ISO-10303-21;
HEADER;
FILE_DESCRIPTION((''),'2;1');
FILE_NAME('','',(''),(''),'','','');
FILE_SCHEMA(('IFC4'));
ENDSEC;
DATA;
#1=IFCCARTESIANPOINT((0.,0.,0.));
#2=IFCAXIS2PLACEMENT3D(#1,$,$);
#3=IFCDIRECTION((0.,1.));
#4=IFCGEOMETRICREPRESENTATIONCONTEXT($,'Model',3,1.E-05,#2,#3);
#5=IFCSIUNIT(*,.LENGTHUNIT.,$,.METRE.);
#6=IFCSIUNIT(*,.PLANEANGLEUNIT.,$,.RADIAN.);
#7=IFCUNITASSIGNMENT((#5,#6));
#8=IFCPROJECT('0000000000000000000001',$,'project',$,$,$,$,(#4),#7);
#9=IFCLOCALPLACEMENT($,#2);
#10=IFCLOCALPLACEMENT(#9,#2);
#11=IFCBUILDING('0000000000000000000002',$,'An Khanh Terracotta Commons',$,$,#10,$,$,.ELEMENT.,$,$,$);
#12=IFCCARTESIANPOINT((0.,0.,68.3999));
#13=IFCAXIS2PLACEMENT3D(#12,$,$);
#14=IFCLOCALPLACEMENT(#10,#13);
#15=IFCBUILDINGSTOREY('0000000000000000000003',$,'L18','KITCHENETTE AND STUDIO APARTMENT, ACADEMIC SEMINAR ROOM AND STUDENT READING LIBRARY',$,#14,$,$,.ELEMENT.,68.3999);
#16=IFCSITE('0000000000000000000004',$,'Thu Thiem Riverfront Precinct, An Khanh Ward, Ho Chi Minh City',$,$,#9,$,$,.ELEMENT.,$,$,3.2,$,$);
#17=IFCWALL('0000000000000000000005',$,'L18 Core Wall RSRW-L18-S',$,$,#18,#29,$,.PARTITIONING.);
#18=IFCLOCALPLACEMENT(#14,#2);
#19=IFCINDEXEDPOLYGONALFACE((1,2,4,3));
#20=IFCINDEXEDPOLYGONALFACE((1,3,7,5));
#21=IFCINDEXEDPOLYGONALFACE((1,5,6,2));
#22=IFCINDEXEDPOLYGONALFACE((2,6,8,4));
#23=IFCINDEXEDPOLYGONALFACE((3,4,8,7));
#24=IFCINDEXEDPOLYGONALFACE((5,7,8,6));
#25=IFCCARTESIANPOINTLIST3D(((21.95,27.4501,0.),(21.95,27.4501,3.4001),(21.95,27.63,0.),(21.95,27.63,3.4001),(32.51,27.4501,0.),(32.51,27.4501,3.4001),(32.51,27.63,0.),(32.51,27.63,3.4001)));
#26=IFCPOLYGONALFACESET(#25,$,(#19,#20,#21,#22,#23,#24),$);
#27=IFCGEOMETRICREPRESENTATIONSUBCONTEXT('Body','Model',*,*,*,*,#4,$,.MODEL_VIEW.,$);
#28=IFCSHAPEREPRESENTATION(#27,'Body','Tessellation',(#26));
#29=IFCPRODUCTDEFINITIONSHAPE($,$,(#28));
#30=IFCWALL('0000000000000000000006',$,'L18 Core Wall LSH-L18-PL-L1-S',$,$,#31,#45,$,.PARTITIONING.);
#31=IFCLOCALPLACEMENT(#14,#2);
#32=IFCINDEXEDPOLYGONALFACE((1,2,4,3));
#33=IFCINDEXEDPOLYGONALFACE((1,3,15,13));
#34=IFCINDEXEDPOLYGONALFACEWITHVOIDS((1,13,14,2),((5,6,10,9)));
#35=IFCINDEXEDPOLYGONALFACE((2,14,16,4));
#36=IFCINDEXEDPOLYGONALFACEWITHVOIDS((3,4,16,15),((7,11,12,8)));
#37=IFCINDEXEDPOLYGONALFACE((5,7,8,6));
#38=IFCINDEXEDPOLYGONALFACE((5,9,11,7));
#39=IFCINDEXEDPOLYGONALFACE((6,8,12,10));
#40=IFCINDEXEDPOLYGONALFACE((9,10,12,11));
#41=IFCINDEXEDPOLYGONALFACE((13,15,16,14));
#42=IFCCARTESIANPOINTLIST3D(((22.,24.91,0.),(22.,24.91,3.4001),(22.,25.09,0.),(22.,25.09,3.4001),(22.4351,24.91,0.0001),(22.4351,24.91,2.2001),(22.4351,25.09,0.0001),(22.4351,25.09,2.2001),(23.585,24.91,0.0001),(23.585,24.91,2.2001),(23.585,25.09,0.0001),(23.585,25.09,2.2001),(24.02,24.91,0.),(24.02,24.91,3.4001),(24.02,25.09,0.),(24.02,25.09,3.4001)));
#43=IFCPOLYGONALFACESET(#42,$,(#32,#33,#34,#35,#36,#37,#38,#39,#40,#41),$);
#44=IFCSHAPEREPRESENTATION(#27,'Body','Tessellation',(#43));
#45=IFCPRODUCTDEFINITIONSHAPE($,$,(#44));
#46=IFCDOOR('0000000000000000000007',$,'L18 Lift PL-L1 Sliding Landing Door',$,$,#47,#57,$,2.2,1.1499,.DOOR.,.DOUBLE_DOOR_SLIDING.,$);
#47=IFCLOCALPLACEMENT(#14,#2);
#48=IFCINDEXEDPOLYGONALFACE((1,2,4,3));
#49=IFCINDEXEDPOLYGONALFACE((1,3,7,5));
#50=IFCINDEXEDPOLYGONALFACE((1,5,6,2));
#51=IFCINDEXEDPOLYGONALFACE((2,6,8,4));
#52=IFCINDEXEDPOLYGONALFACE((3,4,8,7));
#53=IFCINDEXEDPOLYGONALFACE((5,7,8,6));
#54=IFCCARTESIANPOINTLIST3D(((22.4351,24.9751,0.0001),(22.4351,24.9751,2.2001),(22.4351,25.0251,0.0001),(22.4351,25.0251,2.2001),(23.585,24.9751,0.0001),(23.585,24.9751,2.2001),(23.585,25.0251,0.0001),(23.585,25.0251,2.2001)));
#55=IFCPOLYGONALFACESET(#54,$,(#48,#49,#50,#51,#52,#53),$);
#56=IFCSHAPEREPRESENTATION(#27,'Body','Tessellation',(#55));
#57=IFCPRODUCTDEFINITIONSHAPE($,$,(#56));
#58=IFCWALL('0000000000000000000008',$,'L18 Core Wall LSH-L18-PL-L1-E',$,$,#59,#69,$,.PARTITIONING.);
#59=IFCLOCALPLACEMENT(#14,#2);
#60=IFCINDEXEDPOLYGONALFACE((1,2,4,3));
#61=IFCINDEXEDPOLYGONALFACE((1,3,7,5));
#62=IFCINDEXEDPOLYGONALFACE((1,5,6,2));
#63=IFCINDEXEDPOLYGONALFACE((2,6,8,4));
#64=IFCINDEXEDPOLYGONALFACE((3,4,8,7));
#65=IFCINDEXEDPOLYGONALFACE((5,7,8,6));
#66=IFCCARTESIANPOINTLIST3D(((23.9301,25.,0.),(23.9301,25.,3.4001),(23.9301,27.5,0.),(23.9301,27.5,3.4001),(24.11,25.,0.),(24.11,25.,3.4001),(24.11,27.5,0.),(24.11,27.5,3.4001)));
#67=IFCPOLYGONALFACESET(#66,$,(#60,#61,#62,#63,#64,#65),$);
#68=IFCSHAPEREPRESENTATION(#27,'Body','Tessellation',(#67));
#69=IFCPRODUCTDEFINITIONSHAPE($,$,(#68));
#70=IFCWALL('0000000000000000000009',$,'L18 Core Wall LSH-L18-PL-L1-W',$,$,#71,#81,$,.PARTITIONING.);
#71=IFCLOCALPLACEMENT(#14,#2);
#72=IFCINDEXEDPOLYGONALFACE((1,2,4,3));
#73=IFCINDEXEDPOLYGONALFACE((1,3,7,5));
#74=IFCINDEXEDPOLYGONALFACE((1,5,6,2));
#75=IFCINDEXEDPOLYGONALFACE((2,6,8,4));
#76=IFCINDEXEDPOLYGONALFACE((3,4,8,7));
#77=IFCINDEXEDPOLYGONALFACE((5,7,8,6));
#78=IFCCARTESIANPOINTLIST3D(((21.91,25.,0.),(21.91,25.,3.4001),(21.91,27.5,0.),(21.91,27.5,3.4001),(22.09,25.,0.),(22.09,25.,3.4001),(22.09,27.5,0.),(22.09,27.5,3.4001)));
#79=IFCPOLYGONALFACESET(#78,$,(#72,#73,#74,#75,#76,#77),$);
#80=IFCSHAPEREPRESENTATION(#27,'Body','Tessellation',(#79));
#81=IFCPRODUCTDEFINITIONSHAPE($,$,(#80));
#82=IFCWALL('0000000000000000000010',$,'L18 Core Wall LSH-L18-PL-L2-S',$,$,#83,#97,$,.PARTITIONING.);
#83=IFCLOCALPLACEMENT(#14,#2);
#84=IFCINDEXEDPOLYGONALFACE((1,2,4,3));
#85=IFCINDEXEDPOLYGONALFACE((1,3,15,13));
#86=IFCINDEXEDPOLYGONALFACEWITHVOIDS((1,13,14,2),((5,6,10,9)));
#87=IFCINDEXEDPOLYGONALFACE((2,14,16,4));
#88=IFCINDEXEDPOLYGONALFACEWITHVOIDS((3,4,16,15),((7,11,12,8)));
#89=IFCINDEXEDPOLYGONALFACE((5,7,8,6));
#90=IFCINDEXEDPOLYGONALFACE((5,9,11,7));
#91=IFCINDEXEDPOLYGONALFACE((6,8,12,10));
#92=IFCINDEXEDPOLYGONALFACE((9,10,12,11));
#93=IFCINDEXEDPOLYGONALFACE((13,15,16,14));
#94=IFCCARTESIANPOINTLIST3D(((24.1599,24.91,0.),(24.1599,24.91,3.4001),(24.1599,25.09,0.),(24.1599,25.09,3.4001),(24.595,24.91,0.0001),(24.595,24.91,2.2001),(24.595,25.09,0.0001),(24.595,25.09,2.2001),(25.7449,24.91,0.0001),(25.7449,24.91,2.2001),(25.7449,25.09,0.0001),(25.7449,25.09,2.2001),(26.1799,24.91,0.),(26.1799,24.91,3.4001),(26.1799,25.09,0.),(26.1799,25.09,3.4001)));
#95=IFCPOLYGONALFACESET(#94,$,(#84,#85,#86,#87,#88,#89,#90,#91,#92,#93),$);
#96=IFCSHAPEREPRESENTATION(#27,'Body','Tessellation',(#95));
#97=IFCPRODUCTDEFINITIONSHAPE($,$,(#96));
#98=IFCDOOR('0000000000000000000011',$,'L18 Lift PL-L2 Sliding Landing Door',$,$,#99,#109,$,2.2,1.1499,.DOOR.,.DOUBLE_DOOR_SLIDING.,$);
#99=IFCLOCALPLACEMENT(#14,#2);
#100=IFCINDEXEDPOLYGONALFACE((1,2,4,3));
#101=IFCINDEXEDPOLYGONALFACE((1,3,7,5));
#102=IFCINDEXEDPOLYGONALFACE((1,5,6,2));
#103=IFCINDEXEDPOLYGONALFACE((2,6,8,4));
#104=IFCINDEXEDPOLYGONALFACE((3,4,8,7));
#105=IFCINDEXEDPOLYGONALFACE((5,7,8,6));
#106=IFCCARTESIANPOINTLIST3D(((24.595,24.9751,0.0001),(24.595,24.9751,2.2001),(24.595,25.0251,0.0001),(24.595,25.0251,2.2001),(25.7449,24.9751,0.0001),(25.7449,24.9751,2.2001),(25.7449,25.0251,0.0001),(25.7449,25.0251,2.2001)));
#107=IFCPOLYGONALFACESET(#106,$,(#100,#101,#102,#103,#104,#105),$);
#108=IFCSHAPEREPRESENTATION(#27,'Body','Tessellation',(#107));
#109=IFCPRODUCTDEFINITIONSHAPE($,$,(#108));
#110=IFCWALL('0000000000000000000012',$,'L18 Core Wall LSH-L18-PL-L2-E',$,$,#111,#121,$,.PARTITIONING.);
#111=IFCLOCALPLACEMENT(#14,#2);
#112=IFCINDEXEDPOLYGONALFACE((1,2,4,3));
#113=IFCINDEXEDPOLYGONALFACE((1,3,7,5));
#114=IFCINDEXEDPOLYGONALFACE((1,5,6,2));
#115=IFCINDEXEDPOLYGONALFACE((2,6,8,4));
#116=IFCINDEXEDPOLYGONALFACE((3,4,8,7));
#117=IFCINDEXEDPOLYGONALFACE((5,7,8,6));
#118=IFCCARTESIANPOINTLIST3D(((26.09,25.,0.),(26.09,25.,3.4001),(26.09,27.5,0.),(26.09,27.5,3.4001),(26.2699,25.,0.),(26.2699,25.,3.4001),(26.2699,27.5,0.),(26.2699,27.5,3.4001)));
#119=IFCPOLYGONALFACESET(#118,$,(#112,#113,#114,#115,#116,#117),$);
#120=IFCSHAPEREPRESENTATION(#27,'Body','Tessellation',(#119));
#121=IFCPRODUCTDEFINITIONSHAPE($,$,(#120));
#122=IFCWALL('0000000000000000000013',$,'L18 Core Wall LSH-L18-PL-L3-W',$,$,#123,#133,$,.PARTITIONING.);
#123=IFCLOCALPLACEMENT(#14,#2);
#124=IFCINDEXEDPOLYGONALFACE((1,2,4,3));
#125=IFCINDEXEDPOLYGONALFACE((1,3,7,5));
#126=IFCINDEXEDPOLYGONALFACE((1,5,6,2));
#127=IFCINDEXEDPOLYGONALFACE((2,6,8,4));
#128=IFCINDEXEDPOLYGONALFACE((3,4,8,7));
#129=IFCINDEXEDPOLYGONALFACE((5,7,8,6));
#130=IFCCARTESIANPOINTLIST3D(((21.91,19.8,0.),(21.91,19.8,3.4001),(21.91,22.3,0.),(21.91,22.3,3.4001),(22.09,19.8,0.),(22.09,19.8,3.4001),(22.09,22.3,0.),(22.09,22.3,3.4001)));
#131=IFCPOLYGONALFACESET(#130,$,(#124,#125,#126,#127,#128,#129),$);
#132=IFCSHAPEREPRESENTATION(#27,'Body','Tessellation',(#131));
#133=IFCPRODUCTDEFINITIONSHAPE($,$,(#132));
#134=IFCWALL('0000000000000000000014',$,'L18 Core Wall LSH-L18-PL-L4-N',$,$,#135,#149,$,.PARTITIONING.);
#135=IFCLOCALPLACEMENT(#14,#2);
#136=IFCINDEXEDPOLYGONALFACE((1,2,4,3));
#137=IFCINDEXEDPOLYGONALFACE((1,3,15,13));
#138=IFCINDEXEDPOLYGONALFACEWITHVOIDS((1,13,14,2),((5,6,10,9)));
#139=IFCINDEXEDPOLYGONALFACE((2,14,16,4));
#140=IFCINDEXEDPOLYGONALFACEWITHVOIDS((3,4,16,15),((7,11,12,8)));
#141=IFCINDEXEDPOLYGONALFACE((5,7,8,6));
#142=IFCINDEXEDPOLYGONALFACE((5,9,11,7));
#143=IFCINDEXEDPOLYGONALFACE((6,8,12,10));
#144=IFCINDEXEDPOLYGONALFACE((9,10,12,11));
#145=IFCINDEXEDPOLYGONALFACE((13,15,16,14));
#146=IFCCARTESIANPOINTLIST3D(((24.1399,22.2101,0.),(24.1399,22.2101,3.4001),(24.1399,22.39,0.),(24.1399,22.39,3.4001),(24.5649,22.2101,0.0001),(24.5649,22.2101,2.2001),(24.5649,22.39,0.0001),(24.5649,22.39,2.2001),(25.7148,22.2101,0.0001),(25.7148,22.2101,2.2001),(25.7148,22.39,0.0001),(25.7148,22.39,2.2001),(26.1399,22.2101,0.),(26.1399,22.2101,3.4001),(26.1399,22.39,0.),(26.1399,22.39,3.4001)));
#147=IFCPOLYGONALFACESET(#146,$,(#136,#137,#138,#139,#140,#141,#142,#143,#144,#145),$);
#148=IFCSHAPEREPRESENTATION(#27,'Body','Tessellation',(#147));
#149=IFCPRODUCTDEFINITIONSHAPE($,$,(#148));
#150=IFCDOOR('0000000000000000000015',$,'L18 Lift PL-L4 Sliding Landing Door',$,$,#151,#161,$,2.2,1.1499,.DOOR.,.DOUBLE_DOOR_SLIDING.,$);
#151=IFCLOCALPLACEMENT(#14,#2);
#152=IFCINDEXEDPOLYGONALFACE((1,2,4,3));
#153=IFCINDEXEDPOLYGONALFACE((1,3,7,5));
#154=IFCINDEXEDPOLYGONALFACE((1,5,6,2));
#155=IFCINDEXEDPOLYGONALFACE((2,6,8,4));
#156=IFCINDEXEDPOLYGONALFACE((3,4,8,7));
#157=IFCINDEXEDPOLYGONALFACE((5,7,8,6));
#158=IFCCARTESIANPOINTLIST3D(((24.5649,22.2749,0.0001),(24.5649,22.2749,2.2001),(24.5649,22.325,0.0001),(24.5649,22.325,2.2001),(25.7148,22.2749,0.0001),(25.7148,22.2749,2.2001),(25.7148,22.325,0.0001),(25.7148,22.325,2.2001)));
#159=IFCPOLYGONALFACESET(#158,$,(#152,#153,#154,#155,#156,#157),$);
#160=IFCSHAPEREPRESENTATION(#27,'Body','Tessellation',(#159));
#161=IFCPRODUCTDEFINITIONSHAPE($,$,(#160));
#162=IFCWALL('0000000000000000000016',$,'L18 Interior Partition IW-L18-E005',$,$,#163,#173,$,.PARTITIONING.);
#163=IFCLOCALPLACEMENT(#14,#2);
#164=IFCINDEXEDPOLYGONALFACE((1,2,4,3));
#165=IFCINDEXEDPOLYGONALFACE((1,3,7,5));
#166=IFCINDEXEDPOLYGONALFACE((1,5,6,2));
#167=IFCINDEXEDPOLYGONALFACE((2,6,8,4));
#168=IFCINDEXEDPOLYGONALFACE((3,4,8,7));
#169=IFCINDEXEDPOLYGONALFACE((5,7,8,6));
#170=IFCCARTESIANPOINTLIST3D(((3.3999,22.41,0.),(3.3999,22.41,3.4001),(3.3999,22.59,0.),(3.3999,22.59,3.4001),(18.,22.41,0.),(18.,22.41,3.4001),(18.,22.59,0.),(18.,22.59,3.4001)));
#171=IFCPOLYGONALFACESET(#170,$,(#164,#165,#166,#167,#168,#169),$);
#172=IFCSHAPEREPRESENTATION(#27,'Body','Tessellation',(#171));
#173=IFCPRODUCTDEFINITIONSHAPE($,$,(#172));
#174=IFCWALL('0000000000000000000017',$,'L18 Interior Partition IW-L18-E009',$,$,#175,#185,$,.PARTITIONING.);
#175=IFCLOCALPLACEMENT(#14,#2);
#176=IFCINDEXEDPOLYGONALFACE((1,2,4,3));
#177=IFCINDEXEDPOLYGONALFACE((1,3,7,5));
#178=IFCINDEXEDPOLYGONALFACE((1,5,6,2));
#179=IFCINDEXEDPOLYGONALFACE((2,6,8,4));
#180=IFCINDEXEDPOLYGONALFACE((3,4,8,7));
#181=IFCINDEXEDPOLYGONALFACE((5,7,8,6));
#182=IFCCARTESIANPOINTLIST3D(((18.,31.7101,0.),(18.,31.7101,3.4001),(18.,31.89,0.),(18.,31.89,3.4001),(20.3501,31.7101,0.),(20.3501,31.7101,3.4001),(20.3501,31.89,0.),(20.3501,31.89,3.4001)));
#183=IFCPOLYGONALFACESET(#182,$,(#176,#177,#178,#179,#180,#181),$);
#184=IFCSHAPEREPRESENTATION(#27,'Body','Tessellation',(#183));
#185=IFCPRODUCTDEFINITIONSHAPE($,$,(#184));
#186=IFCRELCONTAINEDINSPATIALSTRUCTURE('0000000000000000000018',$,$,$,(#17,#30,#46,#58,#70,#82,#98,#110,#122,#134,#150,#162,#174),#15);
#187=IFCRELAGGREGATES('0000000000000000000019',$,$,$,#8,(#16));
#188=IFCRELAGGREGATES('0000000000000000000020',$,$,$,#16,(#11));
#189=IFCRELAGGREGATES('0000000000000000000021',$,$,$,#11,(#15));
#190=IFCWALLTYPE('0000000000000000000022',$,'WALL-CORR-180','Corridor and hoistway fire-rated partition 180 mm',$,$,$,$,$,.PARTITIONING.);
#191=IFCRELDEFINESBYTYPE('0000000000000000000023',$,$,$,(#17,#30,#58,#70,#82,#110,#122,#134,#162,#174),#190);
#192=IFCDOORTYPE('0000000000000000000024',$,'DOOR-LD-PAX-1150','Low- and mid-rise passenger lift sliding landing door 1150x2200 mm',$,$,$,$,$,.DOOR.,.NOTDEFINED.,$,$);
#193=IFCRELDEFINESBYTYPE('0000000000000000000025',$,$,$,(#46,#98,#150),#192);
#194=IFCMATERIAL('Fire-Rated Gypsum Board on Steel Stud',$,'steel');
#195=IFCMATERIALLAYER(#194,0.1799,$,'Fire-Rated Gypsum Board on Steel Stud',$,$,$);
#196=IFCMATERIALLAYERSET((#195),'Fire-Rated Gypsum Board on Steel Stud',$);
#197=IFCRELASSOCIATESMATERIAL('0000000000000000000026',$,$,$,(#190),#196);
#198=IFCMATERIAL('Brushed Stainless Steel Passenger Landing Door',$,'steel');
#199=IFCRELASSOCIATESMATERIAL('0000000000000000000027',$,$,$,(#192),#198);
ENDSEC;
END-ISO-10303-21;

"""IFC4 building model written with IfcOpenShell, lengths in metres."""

from ifc_helpers import new_model, si_unit, direction, frame, frame_2d, origin, place, context, subcontext, project, spatial, rectangle, extrude, material, layer, layer_set, type_object, element, fill, save


model = new_model("IFC4")

# Units and contexts
model_context = context("Model", 3, precision=1e-05, world=origin(), true_north=direction((0.0, 1.0)))
body_context = subcontext(model_context, "Body", "Model", "MODEL_VIEW")
ifc_project = project(units=[si_unit("LENGTHUNIT", "METRE"), si_unit("PLANEANGLEUNIT", "RADIAN")], contexts=[model_context])

# Site, building, storey
site_placement = place(None, origin())
site = spatial("IfcSite", under=ifc_project, at=site_placement, Name="Thu Thiem Riverfront Precinct, An Khanh Ward, Ho Chi Minh City", CompositionType="ELEMENT", RefElevation=3.2)
building_placement = place(site_placement, origin())
building = spatial("IfcBuilding", under=site, at=building_placement, Name="An Khanh Terracotta Commons", CompositionType="ELEMENT")
storey_placement = place(building_placement, frame((0.0, 0.0, 68.3999)))
storey = spatial("IfcBuildingStorey", under=building, at=storey_placement, Name="L18", Description="KITCHENETTE AND STUDIO APARTMENT, ACADEMIC SEMINAR ROOM AND STUDENT READING LIBRARY", CompositionType="ELEMENT", Elevation=68.3999)

# Wall
ifc_material_1 = material(Name="Fire-Rated Gypsum Board on Steel Stud", Category="steel")
ifc_layer_1 = layer(ifc_material_1, 0.1799, Name="Fire-Rated Gypsum Board on Steel Stud")
ifc_layer_set_1 = layer_set([ifc_layer_1], Name="Fire-Rated Gypsum Board on Steel Stud")
wall_type_1 = type_object("IfcWallType", Name="WALL-CORR-180", Description="Corridor and hoistway fire-rated partition 180 mm", PredefinedType="PARTITIONING", material=ifc_layer_set_1)
wall_1_placement = place(storey_placement, frame((21.95, 27.54, 0.0), z_axis=(0.0, 0.0, 1.0), x_axis=(1.0, 0.0, 0.0)))
element("IfcWall", 1, at=wall_1_placement, inside=storey, type_object=wall_type_1, Name="L18 Core Wall RSRW-L18-S", PredefinedType="PARTITIONING", context=body_context, shape_type="SweptSolid", body=[
    extrude(rectangle(XDim=10.5601, YDim=0.1799, at=frame_2d((5.28, 0.0))), origin(), (0.0, 0.0, 1.0), 3.4001),
])

# Wall, opening, door
wall_2_placement = place(storey_placement, frame((24.02, 25.0, 0.0), z_axis=(0.0, 0.0, 1.0), x_axis=(-1.0, 0.0, 0.0)))
wall_2 = element("IfcWall", 2, at=wall_2_placement, inside=storey, type_object=wall_type_1, Name="L18 Core Wall LSH-L18-PL-L1-S", PredefinedType="PARTITIONING", context=body_context, shape_type="SweptSolid", body=[
    extrude(rectangle(XDim=2.02, YDim=0.1799, at=frame_2d((1.01, 0.0))), origin(), (0.0, 0.0, 1.0), 3.4001),
])
opening_1_placement = place(wall_2_placement, frame((0.4351, 0.0, 0.0)))
opening_1 = element("IfcOpeningElement", 3, at=opening_1_placement, cuts=wall_2, PredefinedType="OPENING", context=body_context, shape_type="SweptSolid", body=[
    extrude(rectangle(XDim=1.1499, YDim=2.2, at=frame_2d((0.575, 1.1001))), frame((0.0, 0.0999, 0.0), z_axis=(0.0, -1.0, 0.0), x_axis=(1.0, 0.0, 0.0)), (0.0, 0.0, 1.0), 0.2),
])
ifc_material_2 = material(Name="Brushed Stainless Steel Passenger Landing Door", Category="steel")
door_type_1 = type_object("IfcDoorType", Name="DOOR-LD-PAX-1150", Description="Low- and mid-rise passenger lift sliding landing door 1150x2200 mm", OperationType="NOTDEFINED", PredefinedType="DOOR", material=ifc_material_2)
door_1_placement = place(opening_1_placement, origin())
door_1 = element("IfcDoor", 4, at=door_1_placement, inside=storey, type_object=door_type_1, Name="L18 Lift PL-L1 Sliding Landing Door", OperationType="DOUBLE_DOOR_SLIDING", OverallHeight=2.2, OverallWidth=1.1499, PredefinedType="DOOR", context=body_context, shape_type="SweptSolid", body=[
    extrude(rectangle(XDim=1.1499, YDim=2.2, at=frame_2d((0.575, 1.1001))), frame((0.0, 0.0249, 0.0), z_axis=(0.0, -1.0, 0.0), x_axis=(1.0, 0.0, 0.0)), (0.0, 0.0, 1.0), 0.05),
])
fill(opening_1, door_1)

# Walls
for number, where, z_axis, x_axis, name in (
    (5, (24.02, 25.0, 0.0), (0.0, 0.0, 1.0), (0.0, 1.0, 0.0), "L18 Core Wall LSH-L18-PL-L1-E"),
    (6, (22.0, 27.5, 0.0), (0.0, 0.0, 1.0), (0.0, -1.0, 0.0), "L18 Core Wall LSH-L18-PL-L1-W"),
):
    element("IfcWall", number, at=place(storey_placement, frame(where, z_axis=z_axis, x_axis=x_axis)), inside=storey, type_object=wall_type_1, Name=name, PredefinedType="PARTITIONING", context=body_context, shape_type="SweptSolid", body=[
        extrude(rectangle(XDim=2.5, YDim=0.1799, at=frame_2d((1.25, 0.0))), origin(), (0.0, 0.0, 1.0), 3.4001),
    ])

# Wall, opening, door
wall_3_placement = place(storey_placement, frame((26.1799, 25.0, 0.0), z_axis=(0.0, 0.0, 1.0), x_axis=(-1.0, 0.0, 0.0)))
wall_3 = element("IfcWall", 7, at=wall_3_placement, inside=storey, type_object=wall_type_1, Name="L18 Core Wall LSH-L18-PL-L2-S", PredefinedType="PARTITIONING", context=body_context, shape_type="SweptSolid", body=[
    extrude(rectangle(XDim=2.02, YDim=0.1799, at=frame_2d((1.01, 0.0))), origin(), (0.0, 0.0, 1.0), 3.4001),
])
opening_2_placement = place(wall_3_placement, frame((0.4351, 0.0, 0.0)))
opening_2 = element("IfcOpeningElement", 8, at=opening_2_placement, cuts=wall_3, PredefinedType="OPENING", context=body_context, shape_type="SweptSolid", body=[
    extrude(rectangle(XDim=1.1499, YDim=2.2, at=frame_2d((0.575, 1.1001))), frame((0.0, 0.0999, 0.0), z_axis=(0.0, -1.0, 0.0), x_axis=(1.0, 0.0, 0.0)), (0.0, 0.0, 1.0), 0.2),
])
door_2_placement = place(opening_2_placement, origin())
door_2 = element("IfcDoor", 9, at=door_2_placement, inside=storey, type_object=door_type_1, Name="L18 Lift PL-L2 Sliding Landing Door", OperationType="DOUBLE_DOOR_SLIDING", OverallHeight=2.2, OverallWidth=1.1499, PredefinedType="DOOR", context=body_context, shape_type="SweptSolid", body=[
    extrude(rectangle(XDim=1.1499, YDim=2.2, at=frame_2d((0.575, 1.1001))), frame((0.0, 0.0249, 0.0), z_axis=(0.0, -1.0, 0.0), x_axis=(1.0, 0.0, 0.0)), (0.0, 0.0, 1.0), 0.05),
])
fill(opening_2, door_2)

# Walls
for number, where, z_axis, x_axis, name in (
    (10, (26.1799, 25.0, 0.0), (0.0, 0.0, 1.0), (0.0, 1.0, 0.0), "L18 Core Wall LSH-L18-PL-L2-E"),
    (11, (22.0, 22.3, 0.0), (0.0, 0.0, 1.0), (0.0, -1.0, 0.0), "L18 Core Wall LSH-L18-PL-L3-W"),
):
    element("IfcWall", number, at=place(storey_placement, frame(where, z_axis=z_axis, x_axis=x_axis)), inside=storey, type_object=wall_type_1, Name=name, PredefinedType="PARTITIONING", context=body_context, shape_type="SweptSolid", body=[
        extrude(rectangle(XDim=2.5, YDim=0.1799, at=frame_2d((1.25, 0.0))), origin(), (0.0, 0.0, 1.0), 3.4001),
    ])

# Wall, opening, door
wall_4_placement = place(storey_placement, frame((24.1399, 22.3, 0.0), z_axis=(0.0, 0.0, 1.0), x_axis=(1.0, 0.0, 0.0)))
wall_4 = element("IfcWall", 12, at=wall_4_placement, inside=storey, type_object=wall_type_1, Name="L18 Core Wall LSH-L18-PL-L4-N", PredefinedType="PARTITIONING", context=body_context, shape_type="SweptSolid", body=[
    extrude(rectangle(XDim=2.0, YDim=0.1799, at=frame_2d((1.0, 0.0))), origin(), (0.0, 0.0, 1.0), 3.4001),
])
opening_3_placement = place(wall_4_placement, frame((0.425, 0.0, 0.0)))
opening_3 = element("IfcOpeningElement", 13, at=opening_3_placement, cuts=wall_4, PredefinedType="OPENING", context=body_context, shape_type="SweptSolid", body=[
    extrude(rectangle(XDim=1.1499, YDim=2.2, at=frame_2d((0.575, 1.1001))), frame((0.0, 0.0999, 0.0), z_axis=(0.0, -1.0, 0.0), x_axis=(1.0, 0.0, 0.0)), (0.0, 0.0, 1.0), 0.2),
])
door_3_placement = place(opening_3_placement, origin())
door_3 = element("IfcDoor", 14, at=door_3_placement, inside=storey, type_object=door_type_1, Name="L18 Lift PL-L4 Sliding Landing Door", OperationType="DOUBLE_DOOR_SLIDING", OverallHeight=2.2, OverallWidth=1.1499, PredefinedType="DOOR", context=body_context, shape_type="SweptSolid", body=[
    extrude(rectangle(XDim=1.1499, YDim=2.2, at=frame_2d((0.575, 1.1001))), frame((0.0, 0.0249, 0.0), z_axis=(0.0, -1.0, 0.0), x_axis=(1.0, 0.0, 0.0)), (0.0, 0.0, 1.0), 0.05),
])
fill(opening_3, door_3)

# Walls
wall_5_placement = place(storey_placement, frame((3.3999, 22.5, 0.0), z_axis=(0.0, 0.0, 1.0), x_axis=(1.0, 0.0, 0.0)))
element("IfcWall", 15, at=wall_5_placement, inside=storey, type_object=wall_type_1, Name="L18 Interior Partition IW-L18-E005", PredefinedType="PARTITIONING", context=body_context, shape_type="SweptSolid", body=[
    extrude(rectangle(XDim=14.6001, YDim=0.1799, at=frame_2d((7.3, 0.0))), origin(), (0.0, 0.0, 1.0), 3.4001),
])
wall_6_placement = place(storey_placement, frame((18.0, 31.8, 0.0), z_axis=(0.0, 0.0, 1.0), x_axis=(1.0, 0.0, 0.0)))
element("IfcWall", 16, at=wall_6_placement, inside=storey, type_object=wall_type_1, Name="L18 Interior Partition IW-L18-E009", PredefinedType="PARTITIONING", context=body_context, shape_type="SweptSolid", body=[
    extrude(rectangle(XDim=2.3501, YDim=0.1799, at=frame_2d((1.175, 0.0))), origin(), (0.0, 0.0, 1.0), 3.4001),
])

save(model, "model.ifc")
